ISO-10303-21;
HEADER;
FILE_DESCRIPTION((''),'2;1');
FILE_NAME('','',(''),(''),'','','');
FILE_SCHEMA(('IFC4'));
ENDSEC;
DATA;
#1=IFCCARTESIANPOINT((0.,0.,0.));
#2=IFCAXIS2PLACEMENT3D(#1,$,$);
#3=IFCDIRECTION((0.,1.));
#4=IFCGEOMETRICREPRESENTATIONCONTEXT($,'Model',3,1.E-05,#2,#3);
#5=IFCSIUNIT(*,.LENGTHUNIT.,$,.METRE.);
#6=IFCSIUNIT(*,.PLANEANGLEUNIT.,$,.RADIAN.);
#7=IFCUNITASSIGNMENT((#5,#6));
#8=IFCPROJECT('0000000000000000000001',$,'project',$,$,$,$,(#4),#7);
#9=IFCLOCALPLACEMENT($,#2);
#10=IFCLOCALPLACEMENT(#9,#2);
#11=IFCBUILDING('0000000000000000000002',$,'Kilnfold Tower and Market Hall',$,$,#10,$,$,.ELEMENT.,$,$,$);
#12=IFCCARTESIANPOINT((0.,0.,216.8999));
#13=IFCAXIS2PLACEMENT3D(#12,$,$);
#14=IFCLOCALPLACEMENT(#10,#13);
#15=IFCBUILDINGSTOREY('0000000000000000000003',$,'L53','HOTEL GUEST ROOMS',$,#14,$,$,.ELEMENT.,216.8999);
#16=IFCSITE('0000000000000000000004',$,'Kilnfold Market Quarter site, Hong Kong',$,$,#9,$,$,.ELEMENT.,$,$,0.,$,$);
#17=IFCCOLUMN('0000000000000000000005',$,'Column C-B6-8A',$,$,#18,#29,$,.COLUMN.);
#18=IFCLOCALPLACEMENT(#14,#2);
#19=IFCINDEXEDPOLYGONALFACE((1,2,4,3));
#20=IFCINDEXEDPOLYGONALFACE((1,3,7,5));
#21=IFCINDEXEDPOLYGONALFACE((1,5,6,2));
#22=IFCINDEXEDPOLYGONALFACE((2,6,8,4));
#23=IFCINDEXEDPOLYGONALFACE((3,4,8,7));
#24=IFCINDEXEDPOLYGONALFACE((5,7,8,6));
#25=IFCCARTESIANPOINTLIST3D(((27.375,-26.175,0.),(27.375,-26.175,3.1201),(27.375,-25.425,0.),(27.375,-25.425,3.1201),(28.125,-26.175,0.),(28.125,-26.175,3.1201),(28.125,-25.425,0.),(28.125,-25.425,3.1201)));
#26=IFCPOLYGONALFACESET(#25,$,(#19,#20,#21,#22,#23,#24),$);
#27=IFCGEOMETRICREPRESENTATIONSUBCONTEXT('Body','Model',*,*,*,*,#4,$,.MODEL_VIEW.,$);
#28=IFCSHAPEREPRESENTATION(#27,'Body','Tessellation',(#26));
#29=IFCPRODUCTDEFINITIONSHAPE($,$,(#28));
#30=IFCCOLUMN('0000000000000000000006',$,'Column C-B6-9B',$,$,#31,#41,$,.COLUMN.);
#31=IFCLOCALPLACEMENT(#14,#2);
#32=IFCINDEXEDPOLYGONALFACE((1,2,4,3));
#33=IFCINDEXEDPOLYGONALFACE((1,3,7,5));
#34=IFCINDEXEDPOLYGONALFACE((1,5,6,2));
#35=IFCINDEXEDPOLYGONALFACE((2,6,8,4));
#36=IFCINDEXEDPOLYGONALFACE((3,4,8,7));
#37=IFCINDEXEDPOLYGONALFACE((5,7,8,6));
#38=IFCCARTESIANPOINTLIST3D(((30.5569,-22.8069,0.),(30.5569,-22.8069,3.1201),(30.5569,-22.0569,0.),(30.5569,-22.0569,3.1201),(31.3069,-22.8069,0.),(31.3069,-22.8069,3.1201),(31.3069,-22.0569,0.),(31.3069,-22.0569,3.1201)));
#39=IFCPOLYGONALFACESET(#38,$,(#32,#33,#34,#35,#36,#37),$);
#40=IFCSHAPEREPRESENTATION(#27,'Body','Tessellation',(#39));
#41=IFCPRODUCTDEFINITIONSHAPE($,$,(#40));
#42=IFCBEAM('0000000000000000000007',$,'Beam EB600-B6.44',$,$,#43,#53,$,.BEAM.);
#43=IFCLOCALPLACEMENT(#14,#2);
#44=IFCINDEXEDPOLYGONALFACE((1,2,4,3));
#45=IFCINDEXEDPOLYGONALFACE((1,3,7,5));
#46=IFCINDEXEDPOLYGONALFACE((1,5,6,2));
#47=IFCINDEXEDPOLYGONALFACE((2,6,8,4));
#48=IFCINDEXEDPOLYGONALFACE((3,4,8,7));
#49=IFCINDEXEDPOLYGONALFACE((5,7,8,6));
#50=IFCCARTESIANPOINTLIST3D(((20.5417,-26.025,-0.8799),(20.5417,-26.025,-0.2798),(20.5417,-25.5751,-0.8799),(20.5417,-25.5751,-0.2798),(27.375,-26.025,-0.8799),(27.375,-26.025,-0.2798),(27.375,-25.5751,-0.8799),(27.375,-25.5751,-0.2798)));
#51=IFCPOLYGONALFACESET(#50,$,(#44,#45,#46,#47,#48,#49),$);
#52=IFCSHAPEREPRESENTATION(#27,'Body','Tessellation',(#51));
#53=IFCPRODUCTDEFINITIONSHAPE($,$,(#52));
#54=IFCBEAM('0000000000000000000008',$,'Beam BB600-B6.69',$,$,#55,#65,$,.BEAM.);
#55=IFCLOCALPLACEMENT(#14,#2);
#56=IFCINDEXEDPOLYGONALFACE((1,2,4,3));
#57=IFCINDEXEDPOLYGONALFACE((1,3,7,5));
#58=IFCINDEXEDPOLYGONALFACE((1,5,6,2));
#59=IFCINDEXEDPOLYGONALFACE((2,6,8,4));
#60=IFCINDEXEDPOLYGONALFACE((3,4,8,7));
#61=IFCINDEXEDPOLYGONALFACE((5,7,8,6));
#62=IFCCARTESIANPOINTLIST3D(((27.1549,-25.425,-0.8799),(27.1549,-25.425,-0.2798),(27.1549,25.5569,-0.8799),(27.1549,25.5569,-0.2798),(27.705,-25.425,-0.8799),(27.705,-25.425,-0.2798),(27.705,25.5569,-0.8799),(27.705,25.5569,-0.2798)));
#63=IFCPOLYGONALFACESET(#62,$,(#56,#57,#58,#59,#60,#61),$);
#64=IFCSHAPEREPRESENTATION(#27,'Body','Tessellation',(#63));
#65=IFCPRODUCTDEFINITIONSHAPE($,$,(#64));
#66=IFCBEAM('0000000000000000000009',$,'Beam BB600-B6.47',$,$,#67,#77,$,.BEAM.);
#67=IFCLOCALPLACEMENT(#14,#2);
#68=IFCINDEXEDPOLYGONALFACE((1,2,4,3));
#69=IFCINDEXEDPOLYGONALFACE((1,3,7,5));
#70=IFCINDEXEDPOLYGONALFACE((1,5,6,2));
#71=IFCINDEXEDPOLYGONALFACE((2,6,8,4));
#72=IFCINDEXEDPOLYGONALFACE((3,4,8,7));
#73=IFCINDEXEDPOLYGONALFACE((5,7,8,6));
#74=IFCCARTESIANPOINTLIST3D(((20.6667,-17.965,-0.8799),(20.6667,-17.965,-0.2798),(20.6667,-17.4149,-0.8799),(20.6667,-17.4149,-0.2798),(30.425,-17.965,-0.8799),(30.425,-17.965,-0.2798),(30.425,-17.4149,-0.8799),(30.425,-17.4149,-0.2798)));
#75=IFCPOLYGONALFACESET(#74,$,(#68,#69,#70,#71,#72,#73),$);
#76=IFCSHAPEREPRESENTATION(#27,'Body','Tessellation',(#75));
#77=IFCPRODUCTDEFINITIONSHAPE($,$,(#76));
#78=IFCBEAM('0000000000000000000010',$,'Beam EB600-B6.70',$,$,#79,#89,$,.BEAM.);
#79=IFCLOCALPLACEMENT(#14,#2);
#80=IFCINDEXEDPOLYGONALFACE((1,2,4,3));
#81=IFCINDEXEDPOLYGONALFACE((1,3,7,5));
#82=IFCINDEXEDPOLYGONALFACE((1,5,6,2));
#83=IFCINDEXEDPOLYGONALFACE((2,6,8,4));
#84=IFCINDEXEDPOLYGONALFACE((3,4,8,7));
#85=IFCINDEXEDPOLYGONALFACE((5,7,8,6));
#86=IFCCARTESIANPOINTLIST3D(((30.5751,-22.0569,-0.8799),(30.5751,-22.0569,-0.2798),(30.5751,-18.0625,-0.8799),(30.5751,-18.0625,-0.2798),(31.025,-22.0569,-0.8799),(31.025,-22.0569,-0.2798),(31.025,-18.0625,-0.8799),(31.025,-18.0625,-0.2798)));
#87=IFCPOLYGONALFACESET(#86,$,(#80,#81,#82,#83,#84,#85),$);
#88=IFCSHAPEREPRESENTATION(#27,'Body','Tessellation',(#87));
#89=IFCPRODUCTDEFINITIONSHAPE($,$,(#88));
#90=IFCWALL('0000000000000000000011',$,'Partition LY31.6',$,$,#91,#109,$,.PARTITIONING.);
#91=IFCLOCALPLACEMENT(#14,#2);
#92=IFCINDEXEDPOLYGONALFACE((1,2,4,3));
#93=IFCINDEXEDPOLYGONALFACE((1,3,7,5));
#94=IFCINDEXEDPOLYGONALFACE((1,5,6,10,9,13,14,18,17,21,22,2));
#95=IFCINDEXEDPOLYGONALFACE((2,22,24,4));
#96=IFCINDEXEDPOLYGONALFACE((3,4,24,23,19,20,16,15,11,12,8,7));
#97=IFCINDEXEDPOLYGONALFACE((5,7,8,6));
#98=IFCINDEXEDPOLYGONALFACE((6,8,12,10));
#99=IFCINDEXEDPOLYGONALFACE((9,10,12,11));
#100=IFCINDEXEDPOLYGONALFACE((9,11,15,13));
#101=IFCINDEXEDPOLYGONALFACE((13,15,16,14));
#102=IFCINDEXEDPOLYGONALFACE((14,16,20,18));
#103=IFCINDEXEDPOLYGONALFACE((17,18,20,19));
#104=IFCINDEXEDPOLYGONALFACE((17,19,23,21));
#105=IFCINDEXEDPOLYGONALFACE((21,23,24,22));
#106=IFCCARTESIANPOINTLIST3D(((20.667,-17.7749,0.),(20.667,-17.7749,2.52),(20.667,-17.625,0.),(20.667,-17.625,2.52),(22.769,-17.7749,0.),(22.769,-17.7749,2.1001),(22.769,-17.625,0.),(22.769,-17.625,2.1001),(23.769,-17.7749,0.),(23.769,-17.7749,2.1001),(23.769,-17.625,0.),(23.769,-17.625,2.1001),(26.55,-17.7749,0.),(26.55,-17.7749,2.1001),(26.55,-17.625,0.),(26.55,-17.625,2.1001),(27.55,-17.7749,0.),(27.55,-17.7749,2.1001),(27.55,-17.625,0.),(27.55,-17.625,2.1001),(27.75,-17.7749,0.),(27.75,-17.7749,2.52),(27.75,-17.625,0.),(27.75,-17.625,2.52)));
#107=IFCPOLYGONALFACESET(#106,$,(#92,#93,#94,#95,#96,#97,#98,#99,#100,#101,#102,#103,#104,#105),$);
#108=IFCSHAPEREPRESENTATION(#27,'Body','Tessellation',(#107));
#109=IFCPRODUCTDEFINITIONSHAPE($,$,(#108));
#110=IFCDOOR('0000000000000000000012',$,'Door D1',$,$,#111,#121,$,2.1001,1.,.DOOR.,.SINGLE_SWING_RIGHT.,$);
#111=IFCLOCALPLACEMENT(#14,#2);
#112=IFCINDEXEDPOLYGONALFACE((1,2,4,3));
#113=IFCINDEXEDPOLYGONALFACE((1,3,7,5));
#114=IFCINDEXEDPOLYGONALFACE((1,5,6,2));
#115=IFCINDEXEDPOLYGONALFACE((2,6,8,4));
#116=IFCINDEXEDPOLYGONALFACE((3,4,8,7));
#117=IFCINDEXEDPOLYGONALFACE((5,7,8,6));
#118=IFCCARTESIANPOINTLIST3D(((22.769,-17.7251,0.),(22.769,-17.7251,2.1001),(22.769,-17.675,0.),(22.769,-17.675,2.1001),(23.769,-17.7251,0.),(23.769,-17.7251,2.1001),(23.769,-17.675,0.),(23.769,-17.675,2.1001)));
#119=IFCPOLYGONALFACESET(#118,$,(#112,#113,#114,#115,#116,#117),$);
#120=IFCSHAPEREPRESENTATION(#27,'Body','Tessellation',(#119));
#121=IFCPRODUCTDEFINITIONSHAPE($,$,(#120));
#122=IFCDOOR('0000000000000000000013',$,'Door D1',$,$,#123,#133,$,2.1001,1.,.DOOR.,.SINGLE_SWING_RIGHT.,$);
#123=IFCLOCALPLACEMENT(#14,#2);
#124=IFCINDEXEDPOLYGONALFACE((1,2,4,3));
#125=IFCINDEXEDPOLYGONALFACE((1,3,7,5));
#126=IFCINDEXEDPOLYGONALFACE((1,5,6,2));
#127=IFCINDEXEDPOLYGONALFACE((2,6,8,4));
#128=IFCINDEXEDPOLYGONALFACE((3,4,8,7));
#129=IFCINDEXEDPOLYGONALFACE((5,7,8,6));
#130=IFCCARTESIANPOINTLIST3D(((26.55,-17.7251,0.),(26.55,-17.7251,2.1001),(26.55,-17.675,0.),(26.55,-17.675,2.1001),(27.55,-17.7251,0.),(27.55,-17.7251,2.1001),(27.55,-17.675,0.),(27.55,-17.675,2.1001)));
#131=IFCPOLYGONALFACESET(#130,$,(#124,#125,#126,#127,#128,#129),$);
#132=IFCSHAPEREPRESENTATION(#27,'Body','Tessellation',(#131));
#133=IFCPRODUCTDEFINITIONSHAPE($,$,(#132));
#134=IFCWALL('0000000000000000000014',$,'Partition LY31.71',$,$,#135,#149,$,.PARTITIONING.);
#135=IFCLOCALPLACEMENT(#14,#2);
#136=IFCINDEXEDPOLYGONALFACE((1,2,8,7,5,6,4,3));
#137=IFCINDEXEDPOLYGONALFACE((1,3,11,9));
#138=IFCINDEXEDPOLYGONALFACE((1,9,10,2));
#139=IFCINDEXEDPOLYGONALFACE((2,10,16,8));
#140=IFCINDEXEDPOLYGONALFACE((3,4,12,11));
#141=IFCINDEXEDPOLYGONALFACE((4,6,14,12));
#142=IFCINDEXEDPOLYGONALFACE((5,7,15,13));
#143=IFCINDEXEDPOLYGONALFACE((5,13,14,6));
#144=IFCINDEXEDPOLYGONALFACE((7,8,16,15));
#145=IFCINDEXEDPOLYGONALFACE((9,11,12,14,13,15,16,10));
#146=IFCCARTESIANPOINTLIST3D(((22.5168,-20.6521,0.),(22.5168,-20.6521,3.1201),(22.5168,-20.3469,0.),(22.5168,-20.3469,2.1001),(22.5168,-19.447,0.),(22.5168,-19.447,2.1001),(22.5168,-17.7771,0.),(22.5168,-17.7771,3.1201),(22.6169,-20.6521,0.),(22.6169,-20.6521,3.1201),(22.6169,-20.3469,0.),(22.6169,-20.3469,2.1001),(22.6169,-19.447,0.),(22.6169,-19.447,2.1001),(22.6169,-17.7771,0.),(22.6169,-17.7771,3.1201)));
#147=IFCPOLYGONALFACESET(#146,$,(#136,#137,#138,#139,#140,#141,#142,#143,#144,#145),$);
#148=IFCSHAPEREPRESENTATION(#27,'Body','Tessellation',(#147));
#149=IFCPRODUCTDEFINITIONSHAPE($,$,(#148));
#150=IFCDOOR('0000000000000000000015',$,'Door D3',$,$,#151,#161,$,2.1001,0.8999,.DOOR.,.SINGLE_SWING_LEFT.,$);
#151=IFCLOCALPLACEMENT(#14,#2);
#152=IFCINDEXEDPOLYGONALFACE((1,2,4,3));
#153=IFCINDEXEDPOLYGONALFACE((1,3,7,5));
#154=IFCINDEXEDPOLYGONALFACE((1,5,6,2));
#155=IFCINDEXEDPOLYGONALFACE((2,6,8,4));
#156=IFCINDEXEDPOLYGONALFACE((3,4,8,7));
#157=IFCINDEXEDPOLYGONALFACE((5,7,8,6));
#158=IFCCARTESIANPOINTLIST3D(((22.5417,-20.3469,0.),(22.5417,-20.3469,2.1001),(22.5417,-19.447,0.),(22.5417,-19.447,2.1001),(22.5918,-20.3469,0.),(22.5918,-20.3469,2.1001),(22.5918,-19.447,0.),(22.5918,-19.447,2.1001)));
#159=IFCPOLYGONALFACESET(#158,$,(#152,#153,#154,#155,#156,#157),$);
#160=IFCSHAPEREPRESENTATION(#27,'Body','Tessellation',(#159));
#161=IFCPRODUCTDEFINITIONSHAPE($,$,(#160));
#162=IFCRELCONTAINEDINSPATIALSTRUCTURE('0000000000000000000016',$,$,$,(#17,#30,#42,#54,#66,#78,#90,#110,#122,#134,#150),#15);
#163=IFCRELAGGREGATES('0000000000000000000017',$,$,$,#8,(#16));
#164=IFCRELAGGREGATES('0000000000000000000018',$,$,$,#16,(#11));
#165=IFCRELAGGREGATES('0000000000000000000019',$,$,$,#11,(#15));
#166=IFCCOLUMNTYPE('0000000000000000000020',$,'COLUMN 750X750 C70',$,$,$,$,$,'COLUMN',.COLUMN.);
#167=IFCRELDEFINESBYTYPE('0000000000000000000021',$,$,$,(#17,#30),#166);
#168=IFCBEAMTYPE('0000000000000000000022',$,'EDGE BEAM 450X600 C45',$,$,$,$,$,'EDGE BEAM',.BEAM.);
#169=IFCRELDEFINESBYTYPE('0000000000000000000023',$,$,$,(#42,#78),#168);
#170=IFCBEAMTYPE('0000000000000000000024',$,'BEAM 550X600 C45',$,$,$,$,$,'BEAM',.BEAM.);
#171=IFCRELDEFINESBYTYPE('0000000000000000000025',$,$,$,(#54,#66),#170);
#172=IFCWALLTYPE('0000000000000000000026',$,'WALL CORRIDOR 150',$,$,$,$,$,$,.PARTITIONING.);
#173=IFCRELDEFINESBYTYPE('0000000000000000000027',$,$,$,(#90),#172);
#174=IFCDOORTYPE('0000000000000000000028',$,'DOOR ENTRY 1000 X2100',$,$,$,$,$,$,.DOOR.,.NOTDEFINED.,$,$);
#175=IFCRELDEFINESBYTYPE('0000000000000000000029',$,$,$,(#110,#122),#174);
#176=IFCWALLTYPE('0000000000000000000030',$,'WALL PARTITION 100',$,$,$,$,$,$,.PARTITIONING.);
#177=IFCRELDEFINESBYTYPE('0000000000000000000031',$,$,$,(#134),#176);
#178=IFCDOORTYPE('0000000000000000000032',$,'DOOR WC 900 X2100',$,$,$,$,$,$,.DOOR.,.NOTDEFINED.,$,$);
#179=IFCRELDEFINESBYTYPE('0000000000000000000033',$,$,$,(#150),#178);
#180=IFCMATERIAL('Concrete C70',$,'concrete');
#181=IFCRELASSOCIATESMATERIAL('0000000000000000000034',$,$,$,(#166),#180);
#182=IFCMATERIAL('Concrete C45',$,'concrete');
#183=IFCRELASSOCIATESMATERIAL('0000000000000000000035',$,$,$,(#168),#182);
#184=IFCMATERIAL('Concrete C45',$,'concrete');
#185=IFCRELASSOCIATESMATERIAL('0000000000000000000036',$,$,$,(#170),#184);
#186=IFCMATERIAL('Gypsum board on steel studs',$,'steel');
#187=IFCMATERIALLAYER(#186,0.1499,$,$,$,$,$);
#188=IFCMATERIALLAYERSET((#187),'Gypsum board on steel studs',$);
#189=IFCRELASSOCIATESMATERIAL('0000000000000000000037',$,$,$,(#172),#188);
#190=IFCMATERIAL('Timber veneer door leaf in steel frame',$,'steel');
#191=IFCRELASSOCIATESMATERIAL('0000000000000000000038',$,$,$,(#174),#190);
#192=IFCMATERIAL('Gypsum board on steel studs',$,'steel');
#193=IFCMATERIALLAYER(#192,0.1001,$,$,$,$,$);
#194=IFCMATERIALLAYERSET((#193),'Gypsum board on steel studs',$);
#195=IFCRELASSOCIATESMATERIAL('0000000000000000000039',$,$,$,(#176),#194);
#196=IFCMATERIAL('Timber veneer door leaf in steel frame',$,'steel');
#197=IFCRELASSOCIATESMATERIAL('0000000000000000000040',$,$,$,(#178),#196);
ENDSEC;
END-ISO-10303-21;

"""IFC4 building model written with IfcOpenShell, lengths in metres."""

from ifc_helpers import new_model, si_unit, direction, frame, frame_2d, origin, origin_2d, place, context, subcontext, project, spatial, rectangle, extrude, source, transform, mapped, material, layer, layer_set, material_profile, profile_set, type_object, element, fill, save


model = new_model("IFC4")

# Units and contexts
model_context = context("Model", 3, precision=1e-05, world=origin(), true_north=direction((0.0, 1.0)))
body_context = subcontext(model_context, "Body", "Model", "MODEL_VIEW")
ifc_project = project(units=[si_unit("LENGTHUNIT", "METRE"), si_unit("PLANEANGLEUNIT", "RADIAN")], contexts=[model_context])

# Site, building, storey
site_placement = place(None, origin())
site = spatial("IfcSite", under=ifc_project, at=site_placement, Name="Kilnfold Market Quarter site, Hong Kong", CompositionType="ELEMENT", RefElevation=0.0)
building_placement = place(site_placement, origin())
building = spatial("IfcBuilding", under=site, at=building_placement, Name="Kilnfold Tower and Market Hall", CompositionType="ELEMENT")
storey_placement = place(building_placement, frame((0.0, 0.0, 216.8999)))
storey = spatial("IfcBuildingStorey", under=building, at=storey_placement, Name="L53", Description="HOTEL GUEST ROOMS", CompositionType="ELEMENT", Elevation=216.8999)

# Columns
ifc_material_1 = material(Name="Concrete C70", Category="concrete")
ifc_material_profile_1 = material_profile(ifc_material_1, rectangle(XDim=0.75, YDim=0.75, at=origin_2d()), Name="RC 750x750")
ifc_profile_set_1 = profile_set([ifc_material_profile_1], Name="Concrete C70")
column_type = type_object("IfcColumnType", Name="COLUMN 750X750 C70", ElementType="COLUMN", PredefinedType="COLUMN", material=ifc_profile_set_1)
shared_shape_1 = source(origin(), body_context, "Body", "SweptSolid", [
    extrude(rectangle(XDim=0.75, YDim=0.75, at=origin_2d()), origin(), (0.0, 0.0, 1.0), 3.1201),
])
for number, where, z_axis, x_axis, name in (
    (1, (27.75, -25.8, 0.0), (0.0, 0.0, 1.0), (1.0, 0.0, 0.0), "Column C-B6-8A"),
    (2, (30.9319, -22.4319, 0.0), (0.0, 0.0, 1.0), (1.0, 0.0, 0.0), "Column C-B6-9B"),
):
    element("IfcColumn", number, at=place(storey_placement, frame(where, z_axis=z_axis, x_axis=x_axis)), inside=storey, type_object=column_type, Name=name, PredefinedType="COLUMN", context=body_context, shape_type="MappedRepresentation", body=[
        mapped(shared_shape_1, transform((0.0, 0.0, 0.0))),
    ])

# Beams
ifc_material_2 = material(Name="Concrete C45", Category="concrete")
ifc_material_profile_2 = material_profile(ifc_material_2, rectangle(XDim=0.45, YDim=0.6001, at=origin_2d()), Name="RC 450x600")
ifc_profile_set_2 = profile_set([ifc_material_profile_2], Name="Concrete C45")
beam_type_1 = type_object("IfcBeamType", Name="EDGE BEAM 450X600 C45", ElementType="EDGE BEAM", PredefinedType="BEAM", material=ifc_profile_set_2)
shared_shape_2 = source(origin(), body_context, "Body", "SweptSolid", [
    extrude(rectangle(XDim=0.45, YDim=0.6001, at=origin_2d()), origin(), (0.0, 0.0, 1.0), 6.8333),
])
beam_1_placement = place(storey_placement, frame((20.5417, -25.8, -0.5798), z_axis=(1.0, 0.0, 0.0), x_axis=(0.0, 1.0, 0.0)))
element("IfcBeam", 3, at=beam_1_placement, inside=storey, type_object=beam_type_1, Name="Beam EB600-B6.44", PredefinedType="BEAM", context=body_context, shape_type="MappedRepresentation", body=[
    mapped(shared_shape_2, transform((0.0, 0.0, 0.0))),
])
ifc_material_3 = material(Name="Concrete C45", Category="concrete")
ifc_material_profile_3 = material_profile(ifc_material_3, rectangle(XDim=0.55, YDim=0.6001, at=origin_2d()), Name="RC 550x600")
ifc_profile_set_3 = profile_set([ifc_material_profile_3], Name="Concrete C45")
beam_type_2 = type_object("IfcBeamType", Name="BEAM 550X600 C45", ElementType="BEAM", PredefinedType="BEAM", material=ifc_profile_set_3)
shared_shape_3 = source(origin(), body_context, "Body", "SweptSolid", [
    extrude(rectangle(XDim=0.55, YDim=0.6001, at=origin_2d()), origin(), (0.0, 0.0, 1.0), 50.9819),
])
beam_2_placement = place(storey_placement, frame((27.4299, -25.425, -0.5798), z_axis=(0.0, 1.0, 0.0), x_axis=(-1.0, 0.0, 0.0)))
element("IfcBeam", 4, at=beam_2_placement, inside=storey, type_object=beam_type_2, Name="Beam BB600-B6.69", PredefinedType="BEAM", context=body_context, shape_type="MappedRepresentation", body=[
    mapped(shared_shape_3, transform((0.0, 0.0, 0.0))),
])
shared_shape_4 = source(origin(), body_context, "Body", "SweptSolid", [
    extrude(rectangle(XDim=0.55, YDim=0.6001, at=origin_2d()), origin(), (0.0, 0.0, 1.0), 9.7583),
])
beam_3_placement = place(storey_placement, frame((20.6667, -17.6899, -0.5798), z_axis=(1.0, 0.0, 0.0), x_axis=(0.0, 1.0, 0.0)))
element("IfcBeam", 5, at=beam_3_placement, inside=storey, type_object=beam_type_2, Name="Beam BB600-B6.47", PredefinedType="BEAM", context=body_context, shape_type="MappedRepresentation", body=[
    mapped(shared_shape_4, transform((0.0, 0.0, 0.0))),
])
shared_shape_5 = source(origin(), body_context, "Body", "SweptSolid", [
    extrude(rectangle(XDim=0.45, YDim=0.6001, at=origin_2d()), origin(), (0.0, 0.0, 1.0), 3.9944),
])
beam_4_placement = place(storey_placement, frame((30.8, -22.0569, -0.5798), z_axis=(0.0, 1.0, 0.0), x_axis=(-1.0, 0.0, 0.0)))
element("IfcBeam", 6, at=beam_4_placement, inside=storey, type_object=beam_type_1, Name="Beam EB600-B6.70", PredefinedType="BEAM", context=body_context, shape_type="MappedRepresentation", body=[
    mapped(shared_shape_5, transform((0.0, 0.0, 0.0))),
])

# Wall, openings, doors
ifc_material_4 = material(Name="Gypsum board on steel studs", Category="steel")
ifc_layer_1 = layer(ifc_material_4, 0.1499)
ifc_layer_set_1 = layer_set([ifc_layer_1], Name="Gypsum board on steel studs")
wall_type_1 = type_object("IfcWallType", Name="WALL CORRIDOR 150", PredefinedType="PARTITIONING", material=ifc_layer_set_1)
wall_1_placement = place(storey_placement, frame((20.667, -17.7, 0.0), z_axis=(0.0, 0.0, 1.0), x_axis=(1.0, 0.0, 0.0)))
wall_1 = element("IfcWall", 7, at=wall_1_placement, inside=storey, type_object=wall_type_1, Name="Partition LY31.6", PredefinedType="PARTITIONING", context=body_context, shape_type="SweptSolid", body=[
    extrude(rectangle(XDim=7.083, YDim=0.1499, at=frame_2d((3.5415, 0.0))), origin(), (0.0, 0.0, 1.0), 2.52),
])
opening_1_placement = place(wall_1_placement, frame((2.1021, 0.0, 0.0)))
opening_1 = element("IfcOpeningElement", 8, at=opening_1_placement, cuts=wall_1, PredefinedType="OPENING", context=body_context, shape_type="SweptSolid", body=[
    extrude(rectangle(XDim=1.0, YDim=2.1001, at=frame_2d((0.5, 1.05))), frame((0.0, 0.085, 0.0), z_axis=(0.0, -1.0, 0.0), x_axis=(1.0, 0.0, 0.0)), (0.0, 0.0, 1.0), 0.1699),
])
opening_2_placement = place(wall_1_placement, frame((5.8831, 0.0, 0.0)))
opening_2 = element("IfcOpeningElement", 9, at=opening_2_placement, cuts=wall_1, PredefinedType="OPENING", context=body_context, shape_type="SweptSolid", body=[
    extrude(rectangle(XDim=1.0, YDim=2.1001, at=frame_2d((0.5, 1.05))), frame((0.0, 0.085, 0.0), z_axis=(0.0, -1.0, 0.0), x_axis=(1.0, 0.0, 0.0)), (0.0, 0.0, 1.0), 0.1699),
])
ifc_material_5 = material(Name="Timber veneer door leaf in steel frame", Category="steel")
door_type_1 = type_object("IfcDoorType", Name="DOOR ENTRY 1000 X2100", OperationType="NOTDEFINED", PredefinedType="DOOR", material=ifc_material_5)
door_1_placement = place(opening_1_placement, origin())
door_1 = element("IfcDoor", 10, at=door_1_placement, inside=storey, type_object=door_type_1, Name="Door D1", OperationType="SINGLE_SWING_RIGHT", OverallHeight=2.1001, OverallWidth=1.0, PredefinedType="DOOR", context=body_context, shape_type="SweptSolid", body=[
    extrude(rectangle(XDim=1.0, YDim=2.1001, at=frame_2d((0.5, 1.05))), frame((0.0, 0.0249, 0.0), z_axis=(0.0, -1.0, 0.0), x_axis=(1.0, 0.0, 0.0)), (0.0, 0.0, 1.0), 0.05),
])
fill(opening_1, door_1)
door_2_placement = place(opening_2_placement, origin())
door_2 = element("IfcDoor", 11, at=door_2_placement, inside=storey, type_object=door_type_1, Name="Door D1", OperationType="SINGLE_SWING_RIGHT", OverallHeight=2.1001, OverallWidth=1.0, PredefinedType="DOOR", context=body_context, shape_type="SweptSolid", body=[
    extrude(rectangle(XDim=1.0, YDim=2.1001, at=frame_2d((0.5, 1.05))), frame((0.0, 0.0249, 0.0), z_axis=(0.0, -1.0, 0.0), x_axis=(1.0, 0.0, 0.0)), (0.0, 0.0, 1.0), 0.05),
])
fill(opening_2, door_2)

# Wall, opening, door
ifc_material_6 = material(Name="Gypsum board on steel studs", Category="steel")
ifc_layer_2 = layer(ifc_material_6, 0.1001)
ifc_layer_set_2 = layer_set([ifc_layer_2], Name="Gypsum board on steel studs")
wall_type_2 = type_object("IfcWallType", Name="WALL PARTITION 100", PredefinedType="PARTITIONING", material=ifc_layer_set_2)
wall_2_placement = place(storey_placement, frame((22.5669, -17.7771, 0.0), z_axis=(0.0, 0.0, 1.0), x_axis=(0.0, -1.0, 0.0)))
wall_2 = element("IfcWall", 12, at=wall_2_placement, inside=storey, type_object=wall_type_2, Name="Partition LY31.71", PredefinedType="PARTITIONING", context=body_context, shape_type="SweptSolid", body=[
    extrude(rectangle(XDim=2.875, YDim=0.1001, at=frame_2d((1.4375, 0.0))), origin(), (0.0, 0.0, 1.0), 3.1201),
])
opening_3_placement = place(wall_2_placement, frame((1.6699, 0.0, 0.0)))
opening_3 = element("IfcOpeningElement", 13, at=opening_3_placement, cuts=wall_2, PredefinedType="OPENING", context=body_context, shape_type="SweptSolid", body=[
    extrude(rectangle(XDim=0.8999, YDim=2.1001, at=frame_2d((0.45, 1.05))), frame((0.0, 0.0601, 0.0), z_axis=(0.0, -1.0, 0.0), x_axis=(1.0, 0.0, 0.0)), (0.0, 0.0, 1.0), 0.1201),
])
ifc_material_7 = material(Name="Timber veneer door leaf in steel frame", Category="steel")
door_type_2 = type_object("IfcDoorType", Name="DOOR WC 900 X2100", OperationType="NOTDEFINED", PredefinedType="DOOR", material=ifc_material_7)
door_3_placement = place(opening_3_placement, origin())
door_3 = element("IfcDoor", 14, at=door_3_placement, inside=storey, type_object=door_type_2, Name="Door D3", OperationType="SINGLE_SWING_LEFT", OverallHeight=2.1001, OverallWidth=0.8999, PredefinedType="DOOR", context=body_context, shape_type="SweptSolid", body=[
    extrude(rectangle(XDim=0.8999, YDim=2.1001, at=frame_2d((0.45, 1.05))), frame((0.0, 0.0249, 0.0), z_axis=(0.0, -1.0, 0.0), x_axis=(1.0, 0.0, 0.0)), (0.0, 0.0, 1.0), 0.05),
])
fill(opening_3, door_3)

save(model, "model.ifc")
